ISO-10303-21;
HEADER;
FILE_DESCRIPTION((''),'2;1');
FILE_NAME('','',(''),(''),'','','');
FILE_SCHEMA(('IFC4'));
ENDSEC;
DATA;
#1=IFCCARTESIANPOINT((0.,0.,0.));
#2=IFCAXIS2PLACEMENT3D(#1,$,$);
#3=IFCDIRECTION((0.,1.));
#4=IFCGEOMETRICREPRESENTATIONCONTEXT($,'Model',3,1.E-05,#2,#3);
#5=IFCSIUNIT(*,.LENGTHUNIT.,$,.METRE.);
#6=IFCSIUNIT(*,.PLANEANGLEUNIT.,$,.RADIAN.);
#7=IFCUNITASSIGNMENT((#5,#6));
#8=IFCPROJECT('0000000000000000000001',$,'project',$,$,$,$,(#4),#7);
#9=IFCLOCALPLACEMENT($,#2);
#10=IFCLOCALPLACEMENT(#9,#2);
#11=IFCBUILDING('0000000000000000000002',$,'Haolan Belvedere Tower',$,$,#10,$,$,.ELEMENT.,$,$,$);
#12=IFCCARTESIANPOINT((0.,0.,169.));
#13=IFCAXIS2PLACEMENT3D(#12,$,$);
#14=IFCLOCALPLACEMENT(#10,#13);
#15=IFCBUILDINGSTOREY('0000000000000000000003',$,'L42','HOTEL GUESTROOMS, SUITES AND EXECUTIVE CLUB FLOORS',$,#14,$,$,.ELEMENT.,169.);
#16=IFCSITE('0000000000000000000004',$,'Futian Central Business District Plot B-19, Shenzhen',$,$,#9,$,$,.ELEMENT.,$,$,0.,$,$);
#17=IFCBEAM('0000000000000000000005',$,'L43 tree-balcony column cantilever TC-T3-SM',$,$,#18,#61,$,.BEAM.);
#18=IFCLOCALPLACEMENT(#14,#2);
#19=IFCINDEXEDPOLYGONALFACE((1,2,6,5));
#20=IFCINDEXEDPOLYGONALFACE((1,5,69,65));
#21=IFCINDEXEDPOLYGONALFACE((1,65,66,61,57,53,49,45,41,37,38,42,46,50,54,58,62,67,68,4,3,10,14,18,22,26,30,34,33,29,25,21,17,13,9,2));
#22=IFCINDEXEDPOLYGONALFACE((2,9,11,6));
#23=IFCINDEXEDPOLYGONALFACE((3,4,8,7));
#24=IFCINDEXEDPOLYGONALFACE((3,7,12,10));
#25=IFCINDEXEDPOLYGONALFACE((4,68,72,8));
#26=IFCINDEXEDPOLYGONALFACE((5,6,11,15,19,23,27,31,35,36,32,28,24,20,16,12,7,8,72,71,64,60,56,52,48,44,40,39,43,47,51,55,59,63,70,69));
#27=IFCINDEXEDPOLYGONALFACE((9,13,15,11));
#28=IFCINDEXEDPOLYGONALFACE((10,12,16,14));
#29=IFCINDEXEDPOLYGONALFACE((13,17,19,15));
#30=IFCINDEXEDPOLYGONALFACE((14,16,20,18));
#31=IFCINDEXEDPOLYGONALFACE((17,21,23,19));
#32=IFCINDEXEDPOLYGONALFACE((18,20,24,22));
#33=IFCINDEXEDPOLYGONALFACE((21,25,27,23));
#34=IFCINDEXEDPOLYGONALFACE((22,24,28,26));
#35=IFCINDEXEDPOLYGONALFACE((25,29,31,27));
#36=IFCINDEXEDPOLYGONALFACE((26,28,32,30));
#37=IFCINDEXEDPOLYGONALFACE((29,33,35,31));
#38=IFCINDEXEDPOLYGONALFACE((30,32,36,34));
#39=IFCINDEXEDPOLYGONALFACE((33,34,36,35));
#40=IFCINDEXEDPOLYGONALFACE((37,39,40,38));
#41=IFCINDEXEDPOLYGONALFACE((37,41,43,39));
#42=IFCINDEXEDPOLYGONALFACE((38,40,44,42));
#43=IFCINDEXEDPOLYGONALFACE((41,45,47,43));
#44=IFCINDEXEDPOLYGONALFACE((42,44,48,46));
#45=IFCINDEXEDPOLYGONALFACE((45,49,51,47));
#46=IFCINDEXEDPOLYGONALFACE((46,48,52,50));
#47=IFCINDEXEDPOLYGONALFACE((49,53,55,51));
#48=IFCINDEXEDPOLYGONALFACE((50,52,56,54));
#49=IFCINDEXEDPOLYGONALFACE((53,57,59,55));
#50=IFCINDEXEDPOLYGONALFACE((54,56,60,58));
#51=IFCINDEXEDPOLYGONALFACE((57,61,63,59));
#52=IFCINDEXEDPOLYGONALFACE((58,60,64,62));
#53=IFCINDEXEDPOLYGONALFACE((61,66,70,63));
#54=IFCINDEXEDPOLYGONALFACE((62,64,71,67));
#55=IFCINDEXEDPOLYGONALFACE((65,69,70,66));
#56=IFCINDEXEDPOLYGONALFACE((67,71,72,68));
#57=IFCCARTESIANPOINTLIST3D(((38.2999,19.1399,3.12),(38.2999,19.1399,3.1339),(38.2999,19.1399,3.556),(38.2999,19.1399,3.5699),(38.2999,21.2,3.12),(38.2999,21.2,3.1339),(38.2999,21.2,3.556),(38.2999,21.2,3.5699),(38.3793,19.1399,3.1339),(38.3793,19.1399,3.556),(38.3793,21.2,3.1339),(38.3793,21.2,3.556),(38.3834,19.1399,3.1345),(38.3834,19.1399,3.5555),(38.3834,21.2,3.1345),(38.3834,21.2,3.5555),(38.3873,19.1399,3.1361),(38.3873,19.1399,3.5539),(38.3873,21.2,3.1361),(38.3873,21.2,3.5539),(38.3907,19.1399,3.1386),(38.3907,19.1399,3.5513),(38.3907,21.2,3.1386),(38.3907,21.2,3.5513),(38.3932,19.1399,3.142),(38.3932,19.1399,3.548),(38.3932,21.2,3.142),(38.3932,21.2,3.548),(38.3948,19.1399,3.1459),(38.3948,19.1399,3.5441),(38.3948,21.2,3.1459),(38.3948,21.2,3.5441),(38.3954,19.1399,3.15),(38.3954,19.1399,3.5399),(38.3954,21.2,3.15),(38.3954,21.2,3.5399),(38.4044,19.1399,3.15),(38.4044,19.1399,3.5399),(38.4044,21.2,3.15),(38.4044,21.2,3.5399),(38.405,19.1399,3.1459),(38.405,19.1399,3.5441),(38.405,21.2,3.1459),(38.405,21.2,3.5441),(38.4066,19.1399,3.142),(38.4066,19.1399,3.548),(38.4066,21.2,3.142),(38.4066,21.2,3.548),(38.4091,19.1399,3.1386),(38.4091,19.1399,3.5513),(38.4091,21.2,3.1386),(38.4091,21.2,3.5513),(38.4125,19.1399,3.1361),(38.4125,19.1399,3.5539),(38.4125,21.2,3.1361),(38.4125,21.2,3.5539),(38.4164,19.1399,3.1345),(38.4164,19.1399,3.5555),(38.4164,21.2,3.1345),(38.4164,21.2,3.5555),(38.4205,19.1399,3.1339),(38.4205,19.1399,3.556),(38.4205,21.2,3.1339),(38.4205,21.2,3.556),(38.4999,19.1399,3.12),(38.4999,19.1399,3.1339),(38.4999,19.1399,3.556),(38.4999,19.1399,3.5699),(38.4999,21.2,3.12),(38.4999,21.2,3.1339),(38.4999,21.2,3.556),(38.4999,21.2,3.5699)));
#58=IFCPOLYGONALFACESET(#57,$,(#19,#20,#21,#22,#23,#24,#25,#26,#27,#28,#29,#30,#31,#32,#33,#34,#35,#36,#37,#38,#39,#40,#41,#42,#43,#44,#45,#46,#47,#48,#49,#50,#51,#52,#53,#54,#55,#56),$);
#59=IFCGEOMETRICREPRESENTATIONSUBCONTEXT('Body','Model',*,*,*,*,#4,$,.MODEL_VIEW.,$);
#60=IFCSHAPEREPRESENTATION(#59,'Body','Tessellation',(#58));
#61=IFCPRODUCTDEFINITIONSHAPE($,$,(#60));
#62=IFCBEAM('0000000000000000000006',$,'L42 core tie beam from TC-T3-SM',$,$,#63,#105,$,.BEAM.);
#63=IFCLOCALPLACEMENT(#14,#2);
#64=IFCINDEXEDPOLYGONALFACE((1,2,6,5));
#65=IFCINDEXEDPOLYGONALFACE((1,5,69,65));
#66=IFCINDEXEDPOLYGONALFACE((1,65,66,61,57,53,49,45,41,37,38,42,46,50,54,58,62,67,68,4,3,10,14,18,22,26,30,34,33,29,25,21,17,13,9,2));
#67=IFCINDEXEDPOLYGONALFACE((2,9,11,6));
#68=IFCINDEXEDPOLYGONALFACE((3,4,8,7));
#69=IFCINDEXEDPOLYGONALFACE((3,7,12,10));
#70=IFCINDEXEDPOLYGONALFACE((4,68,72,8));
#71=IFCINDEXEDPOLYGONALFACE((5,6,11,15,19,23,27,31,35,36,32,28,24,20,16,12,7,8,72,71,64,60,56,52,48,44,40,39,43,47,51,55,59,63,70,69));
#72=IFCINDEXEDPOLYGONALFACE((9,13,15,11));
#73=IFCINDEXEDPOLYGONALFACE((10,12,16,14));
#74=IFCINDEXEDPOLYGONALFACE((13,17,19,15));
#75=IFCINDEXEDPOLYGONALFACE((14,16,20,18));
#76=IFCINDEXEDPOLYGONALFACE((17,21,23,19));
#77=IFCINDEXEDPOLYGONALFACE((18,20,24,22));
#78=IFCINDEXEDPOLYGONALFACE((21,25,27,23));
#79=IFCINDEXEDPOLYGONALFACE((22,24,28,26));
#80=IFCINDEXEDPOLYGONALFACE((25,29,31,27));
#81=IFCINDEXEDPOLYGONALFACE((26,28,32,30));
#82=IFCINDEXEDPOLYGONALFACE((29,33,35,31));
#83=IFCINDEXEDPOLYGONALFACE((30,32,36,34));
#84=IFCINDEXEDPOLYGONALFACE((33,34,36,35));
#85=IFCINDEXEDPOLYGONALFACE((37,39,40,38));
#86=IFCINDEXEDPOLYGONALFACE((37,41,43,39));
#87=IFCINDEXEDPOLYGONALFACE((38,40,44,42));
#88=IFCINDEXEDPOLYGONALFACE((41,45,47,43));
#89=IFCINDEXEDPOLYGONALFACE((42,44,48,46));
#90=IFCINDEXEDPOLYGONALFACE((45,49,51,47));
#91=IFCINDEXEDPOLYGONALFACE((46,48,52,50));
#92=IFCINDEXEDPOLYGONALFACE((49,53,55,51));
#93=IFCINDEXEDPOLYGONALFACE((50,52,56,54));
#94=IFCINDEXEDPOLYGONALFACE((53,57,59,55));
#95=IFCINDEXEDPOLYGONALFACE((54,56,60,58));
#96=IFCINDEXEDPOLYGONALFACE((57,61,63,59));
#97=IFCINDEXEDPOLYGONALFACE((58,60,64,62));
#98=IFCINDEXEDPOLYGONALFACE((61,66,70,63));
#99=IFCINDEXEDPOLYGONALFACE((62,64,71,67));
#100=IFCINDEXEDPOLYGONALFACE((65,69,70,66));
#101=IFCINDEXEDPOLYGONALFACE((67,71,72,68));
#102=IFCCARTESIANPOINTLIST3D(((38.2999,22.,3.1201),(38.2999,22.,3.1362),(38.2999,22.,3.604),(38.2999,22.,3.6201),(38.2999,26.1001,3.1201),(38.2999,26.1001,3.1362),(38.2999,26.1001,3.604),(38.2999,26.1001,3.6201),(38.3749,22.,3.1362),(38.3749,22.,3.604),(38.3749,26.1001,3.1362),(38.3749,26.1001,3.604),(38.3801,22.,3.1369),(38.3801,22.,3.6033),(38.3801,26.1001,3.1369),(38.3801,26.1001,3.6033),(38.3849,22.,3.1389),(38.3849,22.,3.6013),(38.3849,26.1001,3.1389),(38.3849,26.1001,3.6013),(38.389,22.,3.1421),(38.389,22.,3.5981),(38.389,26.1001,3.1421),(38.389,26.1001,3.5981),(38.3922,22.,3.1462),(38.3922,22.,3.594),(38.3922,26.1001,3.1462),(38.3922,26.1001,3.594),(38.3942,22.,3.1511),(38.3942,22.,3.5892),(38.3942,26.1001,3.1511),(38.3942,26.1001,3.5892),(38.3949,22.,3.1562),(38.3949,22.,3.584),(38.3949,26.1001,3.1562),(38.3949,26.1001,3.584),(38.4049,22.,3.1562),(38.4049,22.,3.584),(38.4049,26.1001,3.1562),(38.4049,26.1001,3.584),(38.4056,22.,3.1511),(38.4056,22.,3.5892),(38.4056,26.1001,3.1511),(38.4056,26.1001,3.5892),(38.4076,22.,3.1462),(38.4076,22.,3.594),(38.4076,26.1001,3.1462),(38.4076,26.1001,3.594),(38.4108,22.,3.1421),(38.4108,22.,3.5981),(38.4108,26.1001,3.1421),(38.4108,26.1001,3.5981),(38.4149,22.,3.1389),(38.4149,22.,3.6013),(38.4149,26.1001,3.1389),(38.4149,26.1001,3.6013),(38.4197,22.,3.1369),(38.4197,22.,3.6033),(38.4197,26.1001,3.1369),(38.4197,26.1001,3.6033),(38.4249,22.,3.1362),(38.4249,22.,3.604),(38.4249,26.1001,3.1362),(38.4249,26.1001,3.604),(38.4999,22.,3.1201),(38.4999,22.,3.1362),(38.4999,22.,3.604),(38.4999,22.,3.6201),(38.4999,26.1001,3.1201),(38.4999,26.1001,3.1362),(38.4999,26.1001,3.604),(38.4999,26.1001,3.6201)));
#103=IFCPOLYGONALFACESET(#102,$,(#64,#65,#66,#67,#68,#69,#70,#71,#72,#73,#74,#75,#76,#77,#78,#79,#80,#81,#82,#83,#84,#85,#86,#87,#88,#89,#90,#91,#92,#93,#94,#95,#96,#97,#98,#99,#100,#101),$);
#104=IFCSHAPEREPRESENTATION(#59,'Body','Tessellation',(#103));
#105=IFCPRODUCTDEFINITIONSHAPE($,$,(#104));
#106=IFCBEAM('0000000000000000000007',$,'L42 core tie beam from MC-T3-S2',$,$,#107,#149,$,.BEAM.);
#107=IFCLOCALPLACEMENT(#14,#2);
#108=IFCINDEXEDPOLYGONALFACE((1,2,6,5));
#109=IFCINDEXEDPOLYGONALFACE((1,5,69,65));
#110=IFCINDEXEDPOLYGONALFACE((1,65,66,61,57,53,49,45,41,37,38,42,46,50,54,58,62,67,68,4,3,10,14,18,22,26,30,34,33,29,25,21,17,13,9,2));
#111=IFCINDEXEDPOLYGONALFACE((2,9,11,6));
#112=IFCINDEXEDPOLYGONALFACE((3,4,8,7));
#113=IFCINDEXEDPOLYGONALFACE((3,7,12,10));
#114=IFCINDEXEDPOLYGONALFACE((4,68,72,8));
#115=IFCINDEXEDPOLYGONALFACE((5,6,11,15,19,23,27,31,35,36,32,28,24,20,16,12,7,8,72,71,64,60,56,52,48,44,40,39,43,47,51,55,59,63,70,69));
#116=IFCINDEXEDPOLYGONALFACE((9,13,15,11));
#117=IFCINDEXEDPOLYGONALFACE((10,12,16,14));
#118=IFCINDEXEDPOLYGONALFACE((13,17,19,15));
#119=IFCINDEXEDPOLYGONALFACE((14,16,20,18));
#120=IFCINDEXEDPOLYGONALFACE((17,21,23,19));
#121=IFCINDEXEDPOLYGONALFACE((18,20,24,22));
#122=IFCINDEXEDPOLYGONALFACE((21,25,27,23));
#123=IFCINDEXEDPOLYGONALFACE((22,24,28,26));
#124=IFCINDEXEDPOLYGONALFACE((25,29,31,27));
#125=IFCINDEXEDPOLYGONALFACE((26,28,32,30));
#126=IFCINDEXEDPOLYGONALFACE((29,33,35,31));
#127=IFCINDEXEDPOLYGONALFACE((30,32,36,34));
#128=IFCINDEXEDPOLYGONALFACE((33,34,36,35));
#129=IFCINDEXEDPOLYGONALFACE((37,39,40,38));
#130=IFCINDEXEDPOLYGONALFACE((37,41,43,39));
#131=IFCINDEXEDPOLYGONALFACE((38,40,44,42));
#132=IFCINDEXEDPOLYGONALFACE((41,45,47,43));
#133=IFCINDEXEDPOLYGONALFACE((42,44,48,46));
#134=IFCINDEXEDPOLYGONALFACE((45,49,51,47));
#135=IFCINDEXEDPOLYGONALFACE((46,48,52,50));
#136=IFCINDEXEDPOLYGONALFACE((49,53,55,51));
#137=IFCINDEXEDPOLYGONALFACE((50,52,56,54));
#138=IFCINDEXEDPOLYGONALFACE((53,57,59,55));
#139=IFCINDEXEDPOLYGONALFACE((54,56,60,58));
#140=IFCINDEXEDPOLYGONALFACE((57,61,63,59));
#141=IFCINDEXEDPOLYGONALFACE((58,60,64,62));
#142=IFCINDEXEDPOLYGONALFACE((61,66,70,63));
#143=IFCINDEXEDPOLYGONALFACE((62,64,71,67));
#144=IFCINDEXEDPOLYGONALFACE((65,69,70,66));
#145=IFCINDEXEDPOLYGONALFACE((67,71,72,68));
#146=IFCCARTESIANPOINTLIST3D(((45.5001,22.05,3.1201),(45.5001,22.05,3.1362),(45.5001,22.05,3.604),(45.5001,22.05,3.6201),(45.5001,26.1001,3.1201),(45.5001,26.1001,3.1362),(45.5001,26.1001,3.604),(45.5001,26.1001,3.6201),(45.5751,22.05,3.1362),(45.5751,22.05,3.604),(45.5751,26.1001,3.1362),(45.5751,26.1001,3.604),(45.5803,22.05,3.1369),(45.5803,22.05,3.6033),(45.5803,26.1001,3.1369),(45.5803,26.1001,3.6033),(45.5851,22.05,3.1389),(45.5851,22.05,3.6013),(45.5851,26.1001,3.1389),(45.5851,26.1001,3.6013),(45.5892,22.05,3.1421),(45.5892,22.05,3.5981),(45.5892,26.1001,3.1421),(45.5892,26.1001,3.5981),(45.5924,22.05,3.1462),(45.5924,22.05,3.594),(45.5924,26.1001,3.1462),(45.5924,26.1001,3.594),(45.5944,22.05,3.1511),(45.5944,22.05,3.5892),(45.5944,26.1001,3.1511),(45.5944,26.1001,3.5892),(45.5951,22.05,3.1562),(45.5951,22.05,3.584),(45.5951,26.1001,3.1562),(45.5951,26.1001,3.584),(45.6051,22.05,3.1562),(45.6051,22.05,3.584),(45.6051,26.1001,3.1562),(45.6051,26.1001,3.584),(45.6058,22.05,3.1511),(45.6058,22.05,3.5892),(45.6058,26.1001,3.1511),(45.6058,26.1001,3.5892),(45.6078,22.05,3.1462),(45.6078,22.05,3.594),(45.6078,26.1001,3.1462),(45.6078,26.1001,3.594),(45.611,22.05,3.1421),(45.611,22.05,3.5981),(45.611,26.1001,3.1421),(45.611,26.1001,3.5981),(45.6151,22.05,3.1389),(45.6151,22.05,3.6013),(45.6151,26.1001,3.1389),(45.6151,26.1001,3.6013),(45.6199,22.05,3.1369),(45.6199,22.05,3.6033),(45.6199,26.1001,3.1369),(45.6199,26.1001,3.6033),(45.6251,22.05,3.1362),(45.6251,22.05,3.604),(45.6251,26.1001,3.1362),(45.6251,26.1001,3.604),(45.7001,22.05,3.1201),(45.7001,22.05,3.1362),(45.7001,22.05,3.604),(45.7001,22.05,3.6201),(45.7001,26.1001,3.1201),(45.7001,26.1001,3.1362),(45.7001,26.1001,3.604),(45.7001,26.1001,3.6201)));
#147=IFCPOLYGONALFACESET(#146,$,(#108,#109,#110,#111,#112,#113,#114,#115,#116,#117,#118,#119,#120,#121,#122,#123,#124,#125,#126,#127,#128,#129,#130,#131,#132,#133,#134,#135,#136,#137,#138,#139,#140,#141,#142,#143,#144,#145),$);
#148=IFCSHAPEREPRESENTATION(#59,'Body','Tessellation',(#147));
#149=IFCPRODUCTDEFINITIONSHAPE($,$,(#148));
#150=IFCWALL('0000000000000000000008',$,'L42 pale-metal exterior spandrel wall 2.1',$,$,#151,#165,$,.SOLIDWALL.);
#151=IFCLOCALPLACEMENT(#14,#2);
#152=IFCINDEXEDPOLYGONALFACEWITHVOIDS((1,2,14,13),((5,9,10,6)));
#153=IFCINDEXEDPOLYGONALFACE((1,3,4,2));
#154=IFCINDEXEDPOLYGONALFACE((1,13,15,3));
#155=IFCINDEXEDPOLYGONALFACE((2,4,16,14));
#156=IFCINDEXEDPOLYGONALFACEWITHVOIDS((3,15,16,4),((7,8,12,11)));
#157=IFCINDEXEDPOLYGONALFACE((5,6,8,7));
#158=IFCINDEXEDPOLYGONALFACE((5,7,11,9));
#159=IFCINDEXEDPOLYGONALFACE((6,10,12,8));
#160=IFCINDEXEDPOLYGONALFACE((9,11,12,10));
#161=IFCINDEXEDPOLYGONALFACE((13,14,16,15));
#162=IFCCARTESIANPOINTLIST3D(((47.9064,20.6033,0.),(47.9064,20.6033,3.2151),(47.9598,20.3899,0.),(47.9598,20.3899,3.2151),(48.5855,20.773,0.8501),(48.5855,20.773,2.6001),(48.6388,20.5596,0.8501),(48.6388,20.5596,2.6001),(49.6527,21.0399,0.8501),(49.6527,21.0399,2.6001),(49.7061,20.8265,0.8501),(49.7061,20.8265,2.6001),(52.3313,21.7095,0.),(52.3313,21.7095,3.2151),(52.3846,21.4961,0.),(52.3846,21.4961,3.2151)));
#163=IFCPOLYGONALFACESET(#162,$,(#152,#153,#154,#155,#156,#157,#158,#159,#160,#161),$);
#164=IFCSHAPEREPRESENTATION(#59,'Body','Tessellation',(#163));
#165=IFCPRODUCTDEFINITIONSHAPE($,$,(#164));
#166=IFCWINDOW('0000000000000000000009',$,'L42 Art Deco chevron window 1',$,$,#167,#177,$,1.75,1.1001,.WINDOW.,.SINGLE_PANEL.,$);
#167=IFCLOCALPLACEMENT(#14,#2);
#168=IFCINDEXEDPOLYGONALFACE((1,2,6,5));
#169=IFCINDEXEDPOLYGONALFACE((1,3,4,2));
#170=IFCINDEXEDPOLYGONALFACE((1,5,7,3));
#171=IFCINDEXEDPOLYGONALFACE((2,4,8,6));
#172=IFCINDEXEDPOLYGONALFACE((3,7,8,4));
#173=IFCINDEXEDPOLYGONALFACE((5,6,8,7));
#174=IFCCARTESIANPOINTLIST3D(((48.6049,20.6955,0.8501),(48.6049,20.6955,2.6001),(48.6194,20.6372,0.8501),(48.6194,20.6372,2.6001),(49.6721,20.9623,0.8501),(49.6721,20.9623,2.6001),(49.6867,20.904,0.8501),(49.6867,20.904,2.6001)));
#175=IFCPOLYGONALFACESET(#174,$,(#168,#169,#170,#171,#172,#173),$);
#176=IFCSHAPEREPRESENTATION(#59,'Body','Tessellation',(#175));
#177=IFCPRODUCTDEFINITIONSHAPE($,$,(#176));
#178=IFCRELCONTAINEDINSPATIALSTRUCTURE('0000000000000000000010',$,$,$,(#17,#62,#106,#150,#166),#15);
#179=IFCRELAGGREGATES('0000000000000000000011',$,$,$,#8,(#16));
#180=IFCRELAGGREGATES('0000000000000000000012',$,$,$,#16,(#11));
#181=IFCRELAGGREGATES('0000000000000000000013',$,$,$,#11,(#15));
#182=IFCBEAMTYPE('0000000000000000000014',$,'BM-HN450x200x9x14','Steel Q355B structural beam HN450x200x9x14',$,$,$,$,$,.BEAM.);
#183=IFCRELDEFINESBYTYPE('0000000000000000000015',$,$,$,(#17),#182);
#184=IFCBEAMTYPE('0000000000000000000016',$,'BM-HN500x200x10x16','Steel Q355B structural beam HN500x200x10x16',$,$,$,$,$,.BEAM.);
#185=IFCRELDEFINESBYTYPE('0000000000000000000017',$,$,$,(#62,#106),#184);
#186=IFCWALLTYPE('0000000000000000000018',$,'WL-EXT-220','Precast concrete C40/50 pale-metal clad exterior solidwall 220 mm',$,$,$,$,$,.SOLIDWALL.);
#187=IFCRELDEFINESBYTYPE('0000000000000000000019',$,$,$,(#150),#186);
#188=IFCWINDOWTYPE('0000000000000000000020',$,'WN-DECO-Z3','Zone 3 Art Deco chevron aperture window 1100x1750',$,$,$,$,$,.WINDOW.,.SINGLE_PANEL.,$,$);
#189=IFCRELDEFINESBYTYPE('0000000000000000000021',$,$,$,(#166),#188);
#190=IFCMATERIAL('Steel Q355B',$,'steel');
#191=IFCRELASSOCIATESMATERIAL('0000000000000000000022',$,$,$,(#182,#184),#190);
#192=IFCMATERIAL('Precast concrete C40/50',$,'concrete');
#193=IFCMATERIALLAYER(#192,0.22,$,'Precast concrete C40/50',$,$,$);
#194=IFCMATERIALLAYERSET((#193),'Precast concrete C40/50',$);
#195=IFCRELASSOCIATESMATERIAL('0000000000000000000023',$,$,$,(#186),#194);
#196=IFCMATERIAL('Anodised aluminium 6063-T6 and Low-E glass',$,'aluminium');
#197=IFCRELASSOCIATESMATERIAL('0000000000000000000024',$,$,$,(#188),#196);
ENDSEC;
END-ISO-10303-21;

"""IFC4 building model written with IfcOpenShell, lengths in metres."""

from ifc_helpers import new_model, si_unit, direction, frame, frame_2d, origin, origin_2d, place, context, subcontext, project, spatial, rectangle, i_section, extrude, material, layer, layer_set, material_profile, profile_set, type_object, element, fill, save


model = new_model("IFC4")

# Units and contexts
model_context = context("Model", 3, precision=1e-05, world=origin(), true_north=direction((0.0, 1.0)))
body_context = subcontext(model_context, "Body", "Model", "MODEL_VIEW")
ifc_project = project(units=[si_unit("LENGTHUNIT", "METRE"), si_unit("PLANEANGLEUNIT", "RADIAN")], contexts=[model_context])

# Site, building, storey
site_placement = place(None, origin())
site = spatial("IfcSite", under=ifc_project, at=site_placement, Name="Futian Central Business District Plot B-19, Shenzhen", CompositionType="ELEMENT", RefElevation=0.0)
building_placement = place(site_placement, origin())
building = spatial("IfcBuilding", under=site, at=building_placement, Name="Haolan Belvedere Tower", CompositionType="ELEMENT")
storey_placement = place(building_placement, frame((0.0, 0.0, 169.0)))
storey = spatial("IfcBuildingStorey", under=building, at=storey_placement, Name="L42", Description="HOTEL GUESTROOMS, SUITES AND EXECUTIVE CLUB FLOORS", CompositionType="ELEMENT", Elevation=169.0)

# Beams
ifc_material_1 = material(Name="Steel Q355B", Category="steel")
ifc_material_profile_1 = material_profile(ifc_material_1, i_section(OverallWidth=0.2, OverallDepth=0.45, WebThickness=0.009, FlangeThickness=0.0139, FilletRadius=0.0161, at=origin_2d()), Name="Steel Q355B")
ifc_profile_set_1 = profile_set([ifc_material_profile_1], Name="Steel Q355B")
beam_type_1 = type_object("IfcBeamType", Name="BM-HN450x200x9x14", Description="Steel Q355B structural beam HN450x200x9x14", PredefinedType="BEAM", material=ifc_profile_set_1)
beam_1_placement = place(storey_placement, frame((38.3999, 21.2, 3.345), z_axis=(0.0, -1.0, 0.0), x_axis=(1.0, 0.0, 0.0)))
element("IfcBeam", 1, at=beam_1_placement, inside=storey, type_object=beam_type_1, Name="L43 tree-balcony column cantilever TC-T3-SM", PredefinedType="BEAM", context=body_context, shape_type="SweptSolid", body=[
    extrude(i_section(OverallWidth=0.2, OverallDepth=0.45, WebThickness=0.009, FlangeThickness=0.0139, FilletRadius=0.0161, at=origin_2d()), origin(), (0.0, 0.0, 1.0), 2.0601),
])
ifc_material_profile_2 = material_profile(ifc_material_1, i_section(OverallWidth=0.2, OverallDepth=0.5, WebThickness=0.01, FlangeThickness=0.0161, FilletRadius=0.02, at=origin_2d()), Name="Steel Q355B")
ifc_profile_set_2 = profile_set([ifc_material_profile_2], Name="Steel Q355B")
beam_type_2 = type_object("IfcBeamType", Name="BM-HN500x200x10x16", Description="Steel Q355B structural beam HN500x200x10x16", PredefinedType="BEAM", material=ifc_profile_set_2)
beam_2_placement = place(storey_placement, frame((38.3999, 22.0, 3.3701), z_axis=(0.0, 1.0, 0.0), x_axis=(-1.0, 0.0, 0.0)))
element("IfcBeam", 2, at=beam_2_placement, inside=storey, type_object=beam_type_2, Name="L42 core tie beam from TC-T3-SM", PredefinedType="BEAM", context=body_context, shape_type="SweptSolid", body=[
    extrude(i_section(OverallWidth=0.2, OverallDepth=0.5, WebThickness=0.01, FlangeThickness=0.0161, FilletRadius=0.02, at=origin_2d()), origin(), (0.0, 0.0, 1.0), 4.1001),
])
beam_3_placement = place(storey_placement, frame((45.6001, 22.05, 3.3701), z_axis=(0.0, 1.0, 0.0), x_axis=(-1.0, 0.0, 0.0)))
element("IfcBeam", 3, at=beam_3_placement, inside=storey, type_object=beam_type_2, Name="L42 core tie beam from MC-T3-S2", PredefinedType="BEAM", context=body_context, shape_type="SweptSolid", body=[
    extrude(i_section(OverallWidth=0.2, OverallDepth=0.5, WebThickness=0.01, FlangeThickness=0.0161, FilletRadius=0.02, at=origin_2d()), origin(), (0.0, 0.0, 1.0), 4.05),
])

# Wall, opening, window
ifc_material_2 = material(Name="Precast concrete C40/50", Category="concrete")
ifc_layer_1 = layer(ifc_material_2, 0.22, Name="Precast concrete C40/50")
ifc_layer_set_1 = layer_set([ifc_layer_1], Name="Precast concrete C40/50")
wall_type_1 = type_object("IfcWallType", Name="WL-EXT-220", Description="Precast concrete C40/50 pale-metal clad exterior solidwall 220 mm", PredefinedType="SOLIDWALL", material=ifc_layer_set_1)
wall_1_placement = place(storey_placement, frame((47.9331, 20.4966, 0.0), z_axis=(0.0, 0.0, 1.0), x_axis=(0.970143, 0.242536, 0.0)))
wall_1 = element("IfcWall", 4, at=wall_1_placement, inside=storey, type_object=wall_type_1, Name="L42 pale-metal exterior spandrel wall 2.1", PredefinedType="SOLIDWALL", context=body_context, shape_type="SweptSolid", body=[
    extrude(rectangle(XDim=4.561, YDim=0.22, at=frame_2d((2.2805, 0.0))), origin(), (0.0, 0.0, 1.0), 3.2151),
])
opening_1_placement = place(wall_1_placement, frame((0.7, 0.0, 0.8501)))
opening_1 = element("IfcOpeningElement", 5, at=opening_1_placement, cuts=wall_1, PredefinedType="OPENING", context=body_context, shape_type="SweptSolid", body=[
    extrude(rectangle(XDim=1.1001, YDim=1.75, at=frame_2d((0.55, 0.875))), frame((0.0, 0.1199, 0.0), z_axis=(0.0, -1.0, 0.0), x_axis=(1.0, 0.0, 0.0)), (0.0, 0.0, 1.0), 0.24),
])
ifc_material_3 = material(Name="Anodised aluminium 6063-T6 and Low-E glass", Category="aluminium")
window_type = type_object("IfcWindowType", Name="WN-DECO-Z3", Description="Zone 3 Art Deco chevron aperture window 1100x1750", PartitioningType="SINGLE_PANEL", PredefinedType="WINDOW", material=ifc_material_3)
window_placement = place(opening_1_placement, origin())
window = element("IfcWindow", 6, at=window_placement, inside=storey, type_object=window_type, Name="L42 Art Deco chevron window 1", OverallHeight=1.75, OverallWidth=1.1001, PartitioningType="SINGLE_PANEL", PredefinedType="WINDOW", context=body_context, shape_type="SweptSolid", body=[
    extrude(rectangle(XDim=1.1001, YDim=1.75, at=frame_2d((0.55, 0.875))), frame((0.0, 0.03, 0.0), z_axis=(0.0, -1.0, 0.0), x_axis=(1.0, 0.0, 0.0)), (0.0, 0.0, 1.0), 0.0601),
])
fill(opening_1, window)

save(model, "model.ifc")
